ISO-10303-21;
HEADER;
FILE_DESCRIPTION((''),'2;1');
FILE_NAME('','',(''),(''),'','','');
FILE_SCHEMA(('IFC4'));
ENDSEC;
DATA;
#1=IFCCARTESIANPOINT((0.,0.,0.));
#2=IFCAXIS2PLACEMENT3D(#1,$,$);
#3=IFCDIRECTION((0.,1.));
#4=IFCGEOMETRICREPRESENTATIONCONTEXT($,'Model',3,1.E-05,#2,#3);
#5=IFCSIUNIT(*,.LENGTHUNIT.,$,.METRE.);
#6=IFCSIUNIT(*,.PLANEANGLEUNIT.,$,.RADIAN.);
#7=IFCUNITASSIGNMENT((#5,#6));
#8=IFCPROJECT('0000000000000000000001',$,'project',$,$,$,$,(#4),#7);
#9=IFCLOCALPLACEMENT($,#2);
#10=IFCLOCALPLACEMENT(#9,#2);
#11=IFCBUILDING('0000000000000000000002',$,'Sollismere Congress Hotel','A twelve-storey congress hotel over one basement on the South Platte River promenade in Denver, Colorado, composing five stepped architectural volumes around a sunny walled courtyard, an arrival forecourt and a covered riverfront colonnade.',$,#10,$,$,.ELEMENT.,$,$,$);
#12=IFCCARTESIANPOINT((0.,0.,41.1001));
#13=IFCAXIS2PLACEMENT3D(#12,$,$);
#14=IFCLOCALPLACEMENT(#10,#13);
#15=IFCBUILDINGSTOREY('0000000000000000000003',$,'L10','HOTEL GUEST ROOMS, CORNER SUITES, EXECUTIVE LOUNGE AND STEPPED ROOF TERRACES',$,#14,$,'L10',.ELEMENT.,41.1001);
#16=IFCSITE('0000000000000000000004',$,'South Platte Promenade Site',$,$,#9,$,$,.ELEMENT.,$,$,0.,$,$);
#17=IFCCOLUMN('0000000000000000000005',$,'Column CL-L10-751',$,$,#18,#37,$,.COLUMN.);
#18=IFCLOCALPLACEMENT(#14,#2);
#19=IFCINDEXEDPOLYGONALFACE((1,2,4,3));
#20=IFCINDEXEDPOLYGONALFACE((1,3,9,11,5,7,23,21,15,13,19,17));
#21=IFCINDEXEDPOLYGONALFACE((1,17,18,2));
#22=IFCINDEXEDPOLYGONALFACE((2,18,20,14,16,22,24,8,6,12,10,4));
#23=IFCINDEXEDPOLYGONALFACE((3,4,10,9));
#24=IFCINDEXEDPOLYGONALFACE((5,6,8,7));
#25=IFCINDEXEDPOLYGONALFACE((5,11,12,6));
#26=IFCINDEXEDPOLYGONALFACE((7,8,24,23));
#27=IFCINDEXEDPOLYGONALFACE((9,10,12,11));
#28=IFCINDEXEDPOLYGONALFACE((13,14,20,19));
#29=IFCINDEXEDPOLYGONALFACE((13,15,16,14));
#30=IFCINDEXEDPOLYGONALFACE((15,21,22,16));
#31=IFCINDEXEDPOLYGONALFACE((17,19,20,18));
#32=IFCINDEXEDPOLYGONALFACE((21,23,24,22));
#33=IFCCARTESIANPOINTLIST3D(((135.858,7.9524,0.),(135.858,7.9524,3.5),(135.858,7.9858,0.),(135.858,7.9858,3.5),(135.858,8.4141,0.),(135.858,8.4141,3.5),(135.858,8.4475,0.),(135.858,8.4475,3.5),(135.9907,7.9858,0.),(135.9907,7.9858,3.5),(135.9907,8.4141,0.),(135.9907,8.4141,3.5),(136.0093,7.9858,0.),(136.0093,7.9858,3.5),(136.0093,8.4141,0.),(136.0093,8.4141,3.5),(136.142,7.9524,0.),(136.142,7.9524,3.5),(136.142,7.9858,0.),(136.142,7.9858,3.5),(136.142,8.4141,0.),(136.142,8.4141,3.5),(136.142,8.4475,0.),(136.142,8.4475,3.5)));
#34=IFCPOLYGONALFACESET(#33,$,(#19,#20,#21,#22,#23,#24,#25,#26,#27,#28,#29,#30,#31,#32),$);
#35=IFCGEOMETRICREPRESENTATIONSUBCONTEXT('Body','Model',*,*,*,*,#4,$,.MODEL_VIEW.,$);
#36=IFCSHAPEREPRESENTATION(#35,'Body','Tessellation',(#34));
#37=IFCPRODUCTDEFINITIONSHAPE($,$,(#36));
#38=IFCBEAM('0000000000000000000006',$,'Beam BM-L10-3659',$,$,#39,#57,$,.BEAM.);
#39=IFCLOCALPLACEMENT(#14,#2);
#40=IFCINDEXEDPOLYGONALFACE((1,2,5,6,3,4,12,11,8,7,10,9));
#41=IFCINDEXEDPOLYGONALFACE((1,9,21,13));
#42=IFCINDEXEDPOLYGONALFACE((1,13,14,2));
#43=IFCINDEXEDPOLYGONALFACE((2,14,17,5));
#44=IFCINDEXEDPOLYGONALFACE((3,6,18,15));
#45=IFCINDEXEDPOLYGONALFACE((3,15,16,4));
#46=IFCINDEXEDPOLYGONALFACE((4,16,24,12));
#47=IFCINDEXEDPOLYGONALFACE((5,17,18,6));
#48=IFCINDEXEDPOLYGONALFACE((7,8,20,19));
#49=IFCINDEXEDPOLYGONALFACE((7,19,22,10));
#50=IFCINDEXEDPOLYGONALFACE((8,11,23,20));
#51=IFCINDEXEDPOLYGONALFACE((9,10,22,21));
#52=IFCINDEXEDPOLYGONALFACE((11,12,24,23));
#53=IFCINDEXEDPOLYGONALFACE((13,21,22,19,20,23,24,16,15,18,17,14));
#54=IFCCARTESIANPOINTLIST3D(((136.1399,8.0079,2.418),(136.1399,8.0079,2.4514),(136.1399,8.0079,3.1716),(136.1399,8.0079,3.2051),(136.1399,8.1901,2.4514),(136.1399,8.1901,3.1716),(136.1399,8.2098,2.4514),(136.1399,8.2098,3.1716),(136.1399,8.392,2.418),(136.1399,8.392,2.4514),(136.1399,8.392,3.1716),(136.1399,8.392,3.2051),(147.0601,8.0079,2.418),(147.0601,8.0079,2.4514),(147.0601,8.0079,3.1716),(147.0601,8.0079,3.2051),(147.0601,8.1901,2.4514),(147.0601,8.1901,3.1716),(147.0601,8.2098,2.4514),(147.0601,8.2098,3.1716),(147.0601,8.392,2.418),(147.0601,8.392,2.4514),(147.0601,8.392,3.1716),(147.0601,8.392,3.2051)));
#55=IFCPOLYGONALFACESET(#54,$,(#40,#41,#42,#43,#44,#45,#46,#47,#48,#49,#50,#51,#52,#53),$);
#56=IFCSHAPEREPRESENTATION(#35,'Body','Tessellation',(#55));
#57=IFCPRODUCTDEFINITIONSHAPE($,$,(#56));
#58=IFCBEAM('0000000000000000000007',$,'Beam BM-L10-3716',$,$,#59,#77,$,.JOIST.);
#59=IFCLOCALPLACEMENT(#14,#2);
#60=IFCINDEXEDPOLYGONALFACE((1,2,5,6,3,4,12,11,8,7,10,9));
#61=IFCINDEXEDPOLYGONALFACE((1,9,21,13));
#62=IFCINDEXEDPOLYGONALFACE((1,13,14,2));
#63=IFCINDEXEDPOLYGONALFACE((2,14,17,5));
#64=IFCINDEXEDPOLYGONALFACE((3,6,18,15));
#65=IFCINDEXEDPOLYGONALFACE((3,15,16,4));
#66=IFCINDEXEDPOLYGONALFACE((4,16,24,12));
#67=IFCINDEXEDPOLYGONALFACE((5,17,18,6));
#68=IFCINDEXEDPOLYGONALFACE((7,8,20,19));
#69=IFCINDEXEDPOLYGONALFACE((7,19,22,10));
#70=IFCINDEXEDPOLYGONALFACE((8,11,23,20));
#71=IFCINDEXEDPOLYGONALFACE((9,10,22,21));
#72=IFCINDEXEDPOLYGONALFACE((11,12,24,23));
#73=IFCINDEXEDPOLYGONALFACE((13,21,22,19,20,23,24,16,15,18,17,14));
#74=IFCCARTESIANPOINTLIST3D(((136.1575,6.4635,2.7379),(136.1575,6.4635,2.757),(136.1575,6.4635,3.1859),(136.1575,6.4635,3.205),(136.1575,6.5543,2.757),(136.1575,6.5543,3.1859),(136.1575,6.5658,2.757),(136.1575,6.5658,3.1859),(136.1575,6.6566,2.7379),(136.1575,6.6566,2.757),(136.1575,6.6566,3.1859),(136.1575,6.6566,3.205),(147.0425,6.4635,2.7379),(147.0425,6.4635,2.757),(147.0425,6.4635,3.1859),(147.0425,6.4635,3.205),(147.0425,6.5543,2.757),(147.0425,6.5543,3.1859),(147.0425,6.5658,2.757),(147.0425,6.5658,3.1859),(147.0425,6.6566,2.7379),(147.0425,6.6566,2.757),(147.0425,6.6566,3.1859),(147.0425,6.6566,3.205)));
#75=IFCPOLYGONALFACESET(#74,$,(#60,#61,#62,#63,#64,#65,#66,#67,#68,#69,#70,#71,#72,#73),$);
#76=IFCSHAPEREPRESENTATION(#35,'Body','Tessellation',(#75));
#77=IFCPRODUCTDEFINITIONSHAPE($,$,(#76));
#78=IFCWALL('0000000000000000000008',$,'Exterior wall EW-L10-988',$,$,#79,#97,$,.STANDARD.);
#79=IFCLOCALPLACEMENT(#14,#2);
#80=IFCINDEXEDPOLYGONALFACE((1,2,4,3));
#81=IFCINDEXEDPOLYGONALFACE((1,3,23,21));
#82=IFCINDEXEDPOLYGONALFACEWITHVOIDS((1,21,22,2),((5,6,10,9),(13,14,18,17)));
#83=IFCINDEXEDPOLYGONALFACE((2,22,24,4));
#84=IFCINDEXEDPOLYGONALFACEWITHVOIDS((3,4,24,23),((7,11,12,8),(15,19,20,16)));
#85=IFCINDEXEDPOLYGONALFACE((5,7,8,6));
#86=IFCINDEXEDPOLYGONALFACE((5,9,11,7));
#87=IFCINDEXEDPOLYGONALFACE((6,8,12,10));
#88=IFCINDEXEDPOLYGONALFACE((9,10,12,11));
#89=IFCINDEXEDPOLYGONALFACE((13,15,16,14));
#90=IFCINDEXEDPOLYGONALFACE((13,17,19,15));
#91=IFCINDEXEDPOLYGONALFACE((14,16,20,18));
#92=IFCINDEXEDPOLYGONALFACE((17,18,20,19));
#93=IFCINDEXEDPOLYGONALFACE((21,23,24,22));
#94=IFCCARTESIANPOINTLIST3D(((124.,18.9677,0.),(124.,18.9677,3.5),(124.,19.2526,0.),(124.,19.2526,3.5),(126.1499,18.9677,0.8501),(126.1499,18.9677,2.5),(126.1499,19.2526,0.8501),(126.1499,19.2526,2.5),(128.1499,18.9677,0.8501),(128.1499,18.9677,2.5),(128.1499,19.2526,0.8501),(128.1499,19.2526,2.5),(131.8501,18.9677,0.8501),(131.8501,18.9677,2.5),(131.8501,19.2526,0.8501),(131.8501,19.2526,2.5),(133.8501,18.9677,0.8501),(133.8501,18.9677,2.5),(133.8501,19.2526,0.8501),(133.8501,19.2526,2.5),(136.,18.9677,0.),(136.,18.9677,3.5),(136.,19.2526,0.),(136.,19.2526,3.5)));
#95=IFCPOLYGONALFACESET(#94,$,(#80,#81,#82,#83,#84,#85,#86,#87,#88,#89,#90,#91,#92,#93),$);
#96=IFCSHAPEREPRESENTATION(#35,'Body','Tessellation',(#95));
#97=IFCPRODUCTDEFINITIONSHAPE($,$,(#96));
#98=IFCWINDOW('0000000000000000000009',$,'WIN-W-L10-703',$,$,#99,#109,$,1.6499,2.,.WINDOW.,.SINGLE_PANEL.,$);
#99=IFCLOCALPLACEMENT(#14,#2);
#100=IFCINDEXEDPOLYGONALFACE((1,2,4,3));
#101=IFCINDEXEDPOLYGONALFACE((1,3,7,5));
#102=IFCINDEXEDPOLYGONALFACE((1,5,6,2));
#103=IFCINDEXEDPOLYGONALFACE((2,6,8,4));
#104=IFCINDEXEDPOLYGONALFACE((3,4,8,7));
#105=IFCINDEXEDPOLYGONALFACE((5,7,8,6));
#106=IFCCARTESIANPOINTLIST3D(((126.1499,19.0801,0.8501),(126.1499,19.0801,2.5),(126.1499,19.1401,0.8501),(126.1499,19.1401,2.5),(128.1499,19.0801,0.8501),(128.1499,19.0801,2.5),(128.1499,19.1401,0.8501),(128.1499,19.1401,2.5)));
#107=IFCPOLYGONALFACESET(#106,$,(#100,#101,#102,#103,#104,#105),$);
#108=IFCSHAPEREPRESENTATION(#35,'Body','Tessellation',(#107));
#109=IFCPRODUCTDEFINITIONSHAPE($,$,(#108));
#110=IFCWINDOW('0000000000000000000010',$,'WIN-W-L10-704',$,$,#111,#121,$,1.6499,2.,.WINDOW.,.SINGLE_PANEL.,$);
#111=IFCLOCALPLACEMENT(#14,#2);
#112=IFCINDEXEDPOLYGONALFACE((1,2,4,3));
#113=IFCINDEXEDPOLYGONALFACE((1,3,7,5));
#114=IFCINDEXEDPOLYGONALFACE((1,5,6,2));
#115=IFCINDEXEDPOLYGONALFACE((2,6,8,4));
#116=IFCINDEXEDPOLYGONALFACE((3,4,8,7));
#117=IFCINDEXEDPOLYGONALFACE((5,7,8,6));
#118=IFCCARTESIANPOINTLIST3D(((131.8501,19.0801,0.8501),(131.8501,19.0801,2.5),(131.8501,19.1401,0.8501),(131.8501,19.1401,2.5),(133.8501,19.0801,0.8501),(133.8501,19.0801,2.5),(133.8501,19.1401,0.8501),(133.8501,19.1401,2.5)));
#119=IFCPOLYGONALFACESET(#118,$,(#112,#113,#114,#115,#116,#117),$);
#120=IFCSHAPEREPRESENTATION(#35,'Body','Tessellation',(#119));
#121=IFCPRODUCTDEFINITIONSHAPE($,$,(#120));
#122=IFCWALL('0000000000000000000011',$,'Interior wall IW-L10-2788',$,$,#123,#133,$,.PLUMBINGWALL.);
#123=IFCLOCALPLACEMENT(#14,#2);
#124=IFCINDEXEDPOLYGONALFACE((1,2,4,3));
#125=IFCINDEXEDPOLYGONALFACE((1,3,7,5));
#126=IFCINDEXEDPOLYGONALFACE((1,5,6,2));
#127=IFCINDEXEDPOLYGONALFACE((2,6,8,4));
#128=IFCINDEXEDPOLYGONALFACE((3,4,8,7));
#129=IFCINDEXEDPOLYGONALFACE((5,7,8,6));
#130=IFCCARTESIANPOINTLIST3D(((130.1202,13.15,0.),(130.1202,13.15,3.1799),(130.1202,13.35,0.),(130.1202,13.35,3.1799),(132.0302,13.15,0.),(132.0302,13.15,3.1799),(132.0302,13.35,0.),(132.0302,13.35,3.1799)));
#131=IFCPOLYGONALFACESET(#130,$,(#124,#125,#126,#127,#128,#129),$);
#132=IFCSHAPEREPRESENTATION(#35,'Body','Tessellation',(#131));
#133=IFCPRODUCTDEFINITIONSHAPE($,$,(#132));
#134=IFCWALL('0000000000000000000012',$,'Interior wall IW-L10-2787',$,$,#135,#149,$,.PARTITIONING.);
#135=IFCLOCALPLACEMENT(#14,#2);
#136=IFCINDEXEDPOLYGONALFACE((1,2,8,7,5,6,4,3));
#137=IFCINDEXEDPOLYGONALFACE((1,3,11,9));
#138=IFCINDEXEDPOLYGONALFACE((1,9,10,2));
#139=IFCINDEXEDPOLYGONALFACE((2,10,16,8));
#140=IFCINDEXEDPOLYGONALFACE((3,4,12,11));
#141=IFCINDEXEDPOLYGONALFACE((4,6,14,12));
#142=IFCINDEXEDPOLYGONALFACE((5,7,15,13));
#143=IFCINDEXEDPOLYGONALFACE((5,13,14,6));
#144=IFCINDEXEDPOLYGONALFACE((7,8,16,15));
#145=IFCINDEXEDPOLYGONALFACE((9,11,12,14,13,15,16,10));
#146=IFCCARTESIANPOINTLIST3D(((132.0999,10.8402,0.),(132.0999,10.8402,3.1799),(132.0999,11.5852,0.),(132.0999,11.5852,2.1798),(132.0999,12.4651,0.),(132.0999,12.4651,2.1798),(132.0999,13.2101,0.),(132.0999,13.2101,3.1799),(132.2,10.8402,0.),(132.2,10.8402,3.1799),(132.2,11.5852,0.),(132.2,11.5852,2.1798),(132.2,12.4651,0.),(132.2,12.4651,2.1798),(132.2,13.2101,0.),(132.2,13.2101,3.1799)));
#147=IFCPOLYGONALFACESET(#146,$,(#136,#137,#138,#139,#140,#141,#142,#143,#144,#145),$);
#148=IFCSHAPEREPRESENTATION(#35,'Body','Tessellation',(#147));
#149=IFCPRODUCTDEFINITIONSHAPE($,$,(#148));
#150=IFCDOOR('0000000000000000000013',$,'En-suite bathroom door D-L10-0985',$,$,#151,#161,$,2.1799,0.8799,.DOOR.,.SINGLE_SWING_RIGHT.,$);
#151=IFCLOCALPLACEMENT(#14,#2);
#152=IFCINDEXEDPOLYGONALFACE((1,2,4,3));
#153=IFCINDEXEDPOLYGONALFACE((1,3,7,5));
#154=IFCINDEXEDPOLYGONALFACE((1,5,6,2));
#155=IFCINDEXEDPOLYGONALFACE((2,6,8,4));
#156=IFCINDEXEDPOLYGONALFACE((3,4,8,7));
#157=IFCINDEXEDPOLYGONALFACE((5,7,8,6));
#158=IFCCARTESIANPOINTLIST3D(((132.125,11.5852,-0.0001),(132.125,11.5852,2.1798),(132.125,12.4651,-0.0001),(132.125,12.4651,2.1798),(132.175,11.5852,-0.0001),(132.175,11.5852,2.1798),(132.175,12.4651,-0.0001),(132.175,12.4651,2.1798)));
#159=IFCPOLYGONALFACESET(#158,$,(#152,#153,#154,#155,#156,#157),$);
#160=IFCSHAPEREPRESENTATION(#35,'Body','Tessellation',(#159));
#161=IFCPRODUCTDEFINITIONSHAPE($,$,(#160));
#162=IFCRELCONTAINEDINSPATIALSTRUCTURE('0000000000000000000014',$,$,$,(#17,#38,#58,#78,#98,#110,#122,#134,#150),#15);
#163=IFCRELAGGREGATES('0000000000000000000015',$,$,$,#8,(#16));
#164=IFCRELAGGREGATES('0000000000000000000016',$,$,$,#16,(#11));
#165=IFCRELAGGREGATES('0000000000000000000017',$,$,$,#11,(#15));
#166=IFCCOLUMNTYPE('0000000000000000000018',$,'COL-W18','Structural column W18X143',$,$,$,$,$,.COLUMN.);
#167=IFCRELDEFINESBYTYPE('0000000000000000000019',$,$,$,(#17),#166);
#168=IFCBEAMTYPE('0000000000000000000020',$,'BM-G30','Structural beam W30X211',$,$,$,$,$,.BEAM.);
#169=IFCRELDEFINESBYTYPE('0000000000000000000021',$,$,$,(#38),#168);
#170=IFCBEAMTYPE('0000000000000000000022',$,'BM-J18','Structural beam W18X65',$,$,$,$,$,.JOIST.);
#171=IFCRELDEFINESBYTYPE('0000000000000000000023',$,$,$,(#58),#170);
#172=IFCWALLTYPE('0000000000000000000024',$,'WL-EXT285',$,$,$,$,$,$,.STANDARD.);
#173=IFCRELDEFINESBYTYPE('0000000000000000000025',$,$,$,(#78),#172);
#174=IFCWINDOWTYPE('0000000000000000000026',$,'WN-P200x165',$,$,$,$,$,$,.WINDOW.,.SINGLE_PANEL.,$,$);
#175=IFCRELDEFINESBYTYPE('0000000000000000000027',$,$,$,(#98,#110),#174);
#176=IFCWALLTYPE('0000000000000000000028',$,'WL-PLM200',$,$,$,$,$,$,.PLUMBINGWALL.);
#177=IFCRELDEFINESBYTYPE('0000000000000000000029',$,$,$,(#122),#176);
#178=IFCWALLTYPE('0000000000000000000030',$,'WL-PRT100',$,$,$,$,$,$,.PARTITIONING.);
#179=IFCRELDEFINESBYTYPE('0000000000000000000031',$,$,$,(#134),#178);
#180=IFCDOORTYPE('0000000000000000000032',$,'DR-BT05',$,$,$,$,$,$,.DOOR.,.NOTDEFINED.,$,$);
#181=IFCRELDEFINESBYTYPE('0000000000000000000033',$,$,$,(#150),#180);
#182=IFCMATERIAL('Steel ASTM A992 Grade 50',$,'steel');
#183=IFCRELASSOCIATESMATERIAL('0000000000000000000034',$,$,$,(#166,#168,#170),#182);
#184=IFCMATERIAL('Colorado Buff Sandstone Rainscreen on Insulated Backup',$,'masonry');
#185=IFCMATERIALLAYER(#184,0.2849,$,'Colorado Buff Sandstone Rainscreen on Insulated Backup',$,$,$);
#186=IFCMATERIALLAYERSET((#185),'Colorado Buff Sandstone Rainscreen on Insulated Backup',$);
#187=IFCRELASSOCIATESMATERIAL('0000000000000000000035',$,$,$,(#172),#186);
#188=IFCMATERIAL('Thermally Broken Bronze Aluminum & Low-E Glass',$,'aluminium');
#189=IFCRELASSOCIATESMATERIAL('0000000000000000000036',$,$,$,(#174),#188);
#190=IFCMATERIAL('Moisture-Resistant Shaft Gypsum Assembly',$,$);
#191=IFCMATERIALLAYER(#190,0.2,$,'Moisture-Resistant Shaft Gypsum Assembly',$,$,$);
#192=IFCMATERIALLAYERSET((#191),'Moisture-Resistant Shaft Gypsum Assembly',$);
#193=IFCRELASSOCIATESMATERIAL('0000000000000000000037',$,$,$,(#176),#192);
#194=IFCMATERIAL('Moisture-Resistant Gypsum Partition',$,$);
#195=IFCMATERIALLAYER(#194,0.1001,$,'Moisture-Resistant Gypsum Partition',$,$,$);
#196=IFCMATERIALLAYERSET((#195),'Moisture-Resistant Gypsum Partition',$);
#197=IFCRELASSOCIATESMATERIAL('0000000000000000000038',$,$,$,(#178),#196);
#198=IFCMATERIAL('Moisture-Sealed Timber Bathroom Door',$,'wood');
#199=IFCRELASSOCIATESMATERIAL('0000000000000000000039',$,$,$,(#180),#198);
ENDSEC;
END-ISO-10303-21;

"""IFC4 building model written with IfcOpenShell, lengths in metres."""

from ifc_helpers import new_model, si_unit, direction, frame, frame_2d, origin, origin_2d, place, context, subcontext, project, spatial, rectangle, i_section, extrude, material, layer, layer_set, material_profile, profile_set, type_object, element, fill, save


model = new_model("IFC4")

# Units and contexts
model_context = context("Model", 3, precision=1e-05, world=origin(), true_north=direction((0.0, 1.0)))
body_context = subcontext(model_context, "Body", "Model", "MODEL_VIEW")
ifc_project = project(units=[si_unit("LENGTHUNIT", "METRE"), si_unit("PLANEANGLEUNIT", "RADIAN")], contexts=[model_context])

# Site, building, storey
site_placement = place(None, origin())
site = spatial("IfcSite", under=ifc_project, at=site_placement, Name="South Platte Promenade Site", CompositionType="ELEMENT", RefElevation=0.0)
building_placement = place(site_placement, origin())
building = spatial("IfcBuilding", under=site, at=building_placement, Name="Sollismere Congress Hotel", Description="A twelve-storey congress hotel over one basement on the South Platte River promenade in Denver, Colorado, composing five stepped architectural volumes around a sunny walled courtyard, an arrival forecourt and a covered riverfront colonnade.", CompositionType="ELEMENT")
storey_placement = place(building_placement, frame((0.0, 0.0, 41.1001)))
storey = spatial("IfcBuildingStorey", under=building, at=storey_placement, Name="L10", Description="HOTEL GUEST ROOMS, CORNER SUITES, EXECUTIVE LOUNGE AND STEPPED ROOF TERRACES", LongName="L10", CompositionType="ELEMENT", Elevation=41.1001)

# Column
ifc_material_1 = material(Name="Steel ASTM A992 Grade 50", Category="steel")
ifc_material_profile_1 = material_profile(ifc_material_1, i_section(OverallWidth=0.2839, OverallDepth=0.4951, WebThickness=0.0186, FlangeThickness=0.0334, at=origin_2d()), Name="W18X143")
ifc_profile_set_1 = profile_set([ifc_material_profile_1], Name="Steel ASTM A992 Grade 50")
column_type = type_object("IfcColumnType", Name="COL-W18", Description="Structural column W18X143", PredefinedType="COLUMN", material=ifc_profile_set_1)
column_placement = place(storey_placement, frame((136.0, 8.2, 0.0), z_axis=(0.0, 0.0, 1.0), x_axis=(1.0, 0.0, 0.0)))
element("IfcColumn", 1, at=column_placement, inside=storey, type_object=column_type, Name="Column CL-L10-751", PredefinedType="COLUMN", context=body_context, shape_type="SweptSolid", body=[
    extrude(i_section(OverallWidth=0.2839, OverallDepth=0.4951, WebThickness=0.0186, FlangeThickness=0.0334, at=origin_2d()), origin(), (0.0, 0.0, 1.0), 3.5),
])

# Beams
ifc_material_profile_2 = material_profile(ifc_material_1, i_section(OverallWidth=0.384, OverallDepth=0.7871, WebThickness=0.0198, FlangeThickness=0.0334, at=origin_2d()), Name="W30X211")
ifc_profile_set_2 = profile_set([ifc_material_profile_2], Name="Steel ASTM A992 Grade 50")
beam_type_1 = type_object("IfcBeamType", Name="BM-G30", Description="Structural beam W30X211", PredefinedType="BEAM", material=ifc_profile_set_2)
beam_1_placement = place(storey_placement, frame((136.1399, 8.2, 2.8115), z_axis=(1.0, 0.0, 0.0), x_axis=(0.0, 1.0, 0.0)))
element("IfcBeam", 2, at=beam_1_placement, inside=storey, type_object=beam_type_1, Name="Beam BM-L10-3659", PredefinedType="BEAM", context=body_context, shape_type="SweptSolid", body=[
    extrude(i_section(OverallWidth=0.384, OverallDepth=0.7871, WebThickness=0.0198, FlangeThickness=0.0334, at=origin_2d()), origin(), (0.0, 0.0, 1.0), 10.9202),
])
ifc_material_profile_3 = material_profile(ifc_material_1, i_section(OverallWidth=0.1931, OverallDepth=0.467, WebThickness=0.0115, FlangeThickness=0.019, at=origin_2d()), Name="W18X65")
ifc_profile_set_3 = profile_set([ifc_material_profile_3], Name="Steel ASTM A992 Grade 50")
beam_type_2 = type_object("IfcBeamType", Name="BM-J18", Description="Structural beam W18X65", PredefinedType="JOIST", material=ifc_profile_set_3)
beam_2_placement = place(storey_placement, frame((136.1575, 6.5601, 2.9714), z_axis=(1.0, 0.0, 0.0), x_axis=(0.0, 1.0, 0.0)))
element("IfcBeam", 3, at=beam_2_placement, inside=storey, type_object=beam_type_2, Name="Beam BM-L10-3716", PredefinedType="JOIST", context=body_context, shape_type="SweptSolid", body=[
    extrude(i_section(OverallWidth=0.1931, OverallDepth=0.467, WebThickness=0.0115, FlangeThickness=0.019, at=origin_2d()), origin(), (0.0, 0.0, 1.0), 10.885),
])

# Wall, openings, windows
ifc_material_2 = material(Name="Colorado Buff Sandstone Rainscreen on Insulated Backup", Category="masonry")
ifc_layer_1 = layer(ifc_material_2, 0.2849, Name="Colorado Buff Sandstone Rainscreen on Insulated Backup")
ifc_layer_set_1 = layer_set([ifc_layer_1], Name="Colorado Buff Sandstone Rainscreen on Insulated Backup")
wall_type_1 = type_object("IfcWallType", Name="WL-EXT285", PredefinedType="STANDARD", material=ifc_layer_set_1)
wall_1_placement = place(storey_placement, frame((136.0, 19.1101, 0.0), z_axis=(0.0, 0.0, 1.0), x_axis=(-1.0, 0.0, 0.0)))
wall_1 = element("IfcWall", 4, at=wall_1_placement, inside=storey, type_object=wall_type_1, Name="Exterior wall EW-L10-988", PredefinedType="STANDARD", context=body_context, shape_type="SweptSolid", body=[
    extrude(rectangle(XDim=12.0, YDim=0.2849, at=frame_2d((6.0, 0.0))), origin(), (0.0, 0.0, 1.0), 3.5),
])
opening_1_placement = place(wall_1_placement, frame((7.8501, 0.0, 0.8501)))
opening_1 = element("IfcOpeningElement", 5, at=opening_1_placement, cuts=wall_1, PredefinedType="OPENING", context=body_context, shape_type="SweptSolid", body=[
    extrude(rectangle(XDim=2.0, YDim=1.6499, at=frame_2d((1.0, 0.825))), frame((0.0, 0.1523, 0.0), z_axis=(0.0, -1.0, 0.0), x_axis=(1.0, 0.0, 0.0)), (0.0, 0.0, 1.0), 0.3049),
])
opening_2_placement = place(wall_1_placement, frame((2.1499, 0.0, 0.8501)))
opening_2 = element("IfcOpeningElement", 6, at=opening_2_placement, cuts=wall_1, PredefinedType="OPENING", context=body_context, shape_type="SweptSolid", body=[
    extrude(rectangle(XDim=2.0, YDim=1.6499, at=frame_2d((1.0, 0.825))), frame((0.0, 0.1523, 0.0), z_axis=(0.0, -1.0, 0.0), x_axis=(1.0, 0.0, 0.0)), (0.0, 0.0, 1.0), 0.3049),
])
ifc_material_3 = material(Name="Thermally Broken Bronze Aluminum & Low-E Glass", Category="aluminium")
window_type = type_object("IfcWindowType", Name="WN-P200x165", PartitioningType="SINGLE_PANEL", PredefinedType="WINDOW", material=ifc_material_3)
window_1_placement = place(opening_1_placement, origin())
window_1 = element("IfcWindow", 7, at=window_1_placement, inside=storey, type_object=window_type, Name="WIN-W-L10-703", OverallHeight=1.6499, OverallWidth=2.0, PartitioningType="SINGLE_PANEL", PredefinedType="WINDOW", context=body_context, shape_type="SweptSolid", body=[
    extrude(rectangle(XDim=2.0, YDim=1.6499, at=frame_2d((1.0, 0.825))), frame((0.0, 0.03, 0.0), z_axis=(0.0, -1.0, 0.0), x_axis=(1.0, 0.0, 0.0)), (0.0, 0.0, 1.0), 0.0601),
])
fill(opening_1, window_1)
window_2_placement = place(opening_2_placement, origin())
window_2 = element("IfcWindow", 8, at=window_2_placement, inside=storey, type_object=window_type, Name="WIN-W-L10-704", OverallHeight=1.6499, OverallWidth=2.0, PartitioningType="SINGLE_PANEL", PredefinedType="WINDOW", context=body_context, shape_type="SweptSolid", body=[
    extrude(rectangle(XDim=2.0, YDim=1.6499, at=frame_2d((1.0, 0.825))), frame((0.0, 0.03, 0.0), z_axis=(0.0, -1.0, 0.0), x_axis=(1.0, 0.0, 0.0)), (0.0, 0.0, 1.0), 0.0601),
])
fill(opening_2, window_2)

# Wall
ifc_material_4 = material(Name="Moisture-Resistant Shaft Gypsum Assembly")
ifc_layer_2 = layer(ifc_material_4, 0.2, Name="Moisture-Resistant Shaft Gypsum Assembly")
ifc_layer_set_2 = layer_set([ifc_layer_2], Name="Moisture-Resistant Shaft Gypsum Assembly")
wall_type_2 = type_object("IfcWallType", Name="WL-PLM200", PredefinedType="PLUMBINGWALL", material=ifc_layer_set_2)
wall_2_placement = place(storey_placement, frame((130.1201, 13.25, 0.0), z_axis=(0.0, 0.0, 1.0), x_axis=(1.0, 0.0, 0.0)))
element("IfcWall", 9, at=wall_2_placement, inside=storey, type_object=wall_type_2, Name="Interior wall IW-L10-2788", PredefinedType="PLUMBINGWALL", context=body_context, shape_type="SweptSolid", body=[
    extrude(rectangle(XDim=1.9099, YDim=0.2, at=frame_2d((0.9551, 0.0))), origin(), (0.0, 0.0, 1.0), 3.1799),
])

# Wall, opening, door
ifc_material_5 = material(Name="Moisture-Resistant Gypsum Partition")
ifc_layer_3 = layer(ifc_material_5, 0.1001, Name="Moisture-Resistant Gypsum Partition")
ifc_layer_set_3 = layer_set([ifc_layer_3], Name="Moisture-Resistant Gypsum Partition")
wall_type_3 = type_object("IfcWallType", Name="WL-PRT100", PredefinedType="PARTITIONING", material=ifc_layer_set_3)
wall_3_placement = place(storey_placement, frame((132.1499, 10.8401, 0.0), z_axis=(0.0, 0.0, 1.0), x_axis=(0.0, 1.0, 0.0)))
wall_3 = element("IfcWall", 10, at=wall_3_placement, inside=storey, type_object=wall_type_3, Name="Interior wall IW-L10-2787", PredefinedType="PARTITIONING", context=body_context, shape_type="SweptSolid", body=[
    extrude(rectangle(XDim=2.3699, YDim=0.1001, at=frame_2d((1.1851, 0.0))), origin(), (0.0, 0.0, 1.0), 3.1799),
])
opening_3_placement = place(wall_3_placement, frame((0.7451, 0.0, 0.0)))
opening_3 = element("IfcOpeningElement", 11, at=opening_3_placement, cuts=wall_3, PredefinedType="OPENING", context=body_context, shape_type="SweptSolid", body=[
    extrude(rectangle(XDim=0.8799, YDim=2.1799, at=frame_2d((0.4399, 1.0898))), frame((0.0, 0.0601, 0.0), z_axis=(0.0, -1.0, 0.0), x_axis=(1.0, 0.0, 0.0)), (0.0, 0.0, 1.0), 0.1201),
])
ifc_material_6 = material(Name="Moisture-Sealed Timber Bathroom Door", Category="wood")
door_type_1 = type_object("IfcDoorType", Name="DR-BT05", OperationType="NOTDEFINED", PredefinedType="DOOR", material=ifc_material_6)
door_1_placement = place(opening_3_placement, origin())
door_1 = element("IfcDoor", 12, at=door_1_placement, inside=storey, type_object=door_type_1, Name="En-suite bathroom door D-L10-0985", OperationType="SINGLE_SWING_RIGHT", OverallHeight=2.1799, OverallWidth=0.8799, PredefinedType="DOOR", context=body_context, shape_type="SweptSolid", body=[
    extrude(rectangle(XDim=0.8799, YDim=2.1799, at=frame_2d((0.4399, 1.0898))), frame((0.0, 0.0249, 0.0), z_axis=(0.0, -1.0, 0.0), x_axis=(1.0, 0.0, 0.0)), (0.0, 0.0, 1.0), 0.05),
])
fill(opening_3, door_1)

save(model, "model.ifc")
